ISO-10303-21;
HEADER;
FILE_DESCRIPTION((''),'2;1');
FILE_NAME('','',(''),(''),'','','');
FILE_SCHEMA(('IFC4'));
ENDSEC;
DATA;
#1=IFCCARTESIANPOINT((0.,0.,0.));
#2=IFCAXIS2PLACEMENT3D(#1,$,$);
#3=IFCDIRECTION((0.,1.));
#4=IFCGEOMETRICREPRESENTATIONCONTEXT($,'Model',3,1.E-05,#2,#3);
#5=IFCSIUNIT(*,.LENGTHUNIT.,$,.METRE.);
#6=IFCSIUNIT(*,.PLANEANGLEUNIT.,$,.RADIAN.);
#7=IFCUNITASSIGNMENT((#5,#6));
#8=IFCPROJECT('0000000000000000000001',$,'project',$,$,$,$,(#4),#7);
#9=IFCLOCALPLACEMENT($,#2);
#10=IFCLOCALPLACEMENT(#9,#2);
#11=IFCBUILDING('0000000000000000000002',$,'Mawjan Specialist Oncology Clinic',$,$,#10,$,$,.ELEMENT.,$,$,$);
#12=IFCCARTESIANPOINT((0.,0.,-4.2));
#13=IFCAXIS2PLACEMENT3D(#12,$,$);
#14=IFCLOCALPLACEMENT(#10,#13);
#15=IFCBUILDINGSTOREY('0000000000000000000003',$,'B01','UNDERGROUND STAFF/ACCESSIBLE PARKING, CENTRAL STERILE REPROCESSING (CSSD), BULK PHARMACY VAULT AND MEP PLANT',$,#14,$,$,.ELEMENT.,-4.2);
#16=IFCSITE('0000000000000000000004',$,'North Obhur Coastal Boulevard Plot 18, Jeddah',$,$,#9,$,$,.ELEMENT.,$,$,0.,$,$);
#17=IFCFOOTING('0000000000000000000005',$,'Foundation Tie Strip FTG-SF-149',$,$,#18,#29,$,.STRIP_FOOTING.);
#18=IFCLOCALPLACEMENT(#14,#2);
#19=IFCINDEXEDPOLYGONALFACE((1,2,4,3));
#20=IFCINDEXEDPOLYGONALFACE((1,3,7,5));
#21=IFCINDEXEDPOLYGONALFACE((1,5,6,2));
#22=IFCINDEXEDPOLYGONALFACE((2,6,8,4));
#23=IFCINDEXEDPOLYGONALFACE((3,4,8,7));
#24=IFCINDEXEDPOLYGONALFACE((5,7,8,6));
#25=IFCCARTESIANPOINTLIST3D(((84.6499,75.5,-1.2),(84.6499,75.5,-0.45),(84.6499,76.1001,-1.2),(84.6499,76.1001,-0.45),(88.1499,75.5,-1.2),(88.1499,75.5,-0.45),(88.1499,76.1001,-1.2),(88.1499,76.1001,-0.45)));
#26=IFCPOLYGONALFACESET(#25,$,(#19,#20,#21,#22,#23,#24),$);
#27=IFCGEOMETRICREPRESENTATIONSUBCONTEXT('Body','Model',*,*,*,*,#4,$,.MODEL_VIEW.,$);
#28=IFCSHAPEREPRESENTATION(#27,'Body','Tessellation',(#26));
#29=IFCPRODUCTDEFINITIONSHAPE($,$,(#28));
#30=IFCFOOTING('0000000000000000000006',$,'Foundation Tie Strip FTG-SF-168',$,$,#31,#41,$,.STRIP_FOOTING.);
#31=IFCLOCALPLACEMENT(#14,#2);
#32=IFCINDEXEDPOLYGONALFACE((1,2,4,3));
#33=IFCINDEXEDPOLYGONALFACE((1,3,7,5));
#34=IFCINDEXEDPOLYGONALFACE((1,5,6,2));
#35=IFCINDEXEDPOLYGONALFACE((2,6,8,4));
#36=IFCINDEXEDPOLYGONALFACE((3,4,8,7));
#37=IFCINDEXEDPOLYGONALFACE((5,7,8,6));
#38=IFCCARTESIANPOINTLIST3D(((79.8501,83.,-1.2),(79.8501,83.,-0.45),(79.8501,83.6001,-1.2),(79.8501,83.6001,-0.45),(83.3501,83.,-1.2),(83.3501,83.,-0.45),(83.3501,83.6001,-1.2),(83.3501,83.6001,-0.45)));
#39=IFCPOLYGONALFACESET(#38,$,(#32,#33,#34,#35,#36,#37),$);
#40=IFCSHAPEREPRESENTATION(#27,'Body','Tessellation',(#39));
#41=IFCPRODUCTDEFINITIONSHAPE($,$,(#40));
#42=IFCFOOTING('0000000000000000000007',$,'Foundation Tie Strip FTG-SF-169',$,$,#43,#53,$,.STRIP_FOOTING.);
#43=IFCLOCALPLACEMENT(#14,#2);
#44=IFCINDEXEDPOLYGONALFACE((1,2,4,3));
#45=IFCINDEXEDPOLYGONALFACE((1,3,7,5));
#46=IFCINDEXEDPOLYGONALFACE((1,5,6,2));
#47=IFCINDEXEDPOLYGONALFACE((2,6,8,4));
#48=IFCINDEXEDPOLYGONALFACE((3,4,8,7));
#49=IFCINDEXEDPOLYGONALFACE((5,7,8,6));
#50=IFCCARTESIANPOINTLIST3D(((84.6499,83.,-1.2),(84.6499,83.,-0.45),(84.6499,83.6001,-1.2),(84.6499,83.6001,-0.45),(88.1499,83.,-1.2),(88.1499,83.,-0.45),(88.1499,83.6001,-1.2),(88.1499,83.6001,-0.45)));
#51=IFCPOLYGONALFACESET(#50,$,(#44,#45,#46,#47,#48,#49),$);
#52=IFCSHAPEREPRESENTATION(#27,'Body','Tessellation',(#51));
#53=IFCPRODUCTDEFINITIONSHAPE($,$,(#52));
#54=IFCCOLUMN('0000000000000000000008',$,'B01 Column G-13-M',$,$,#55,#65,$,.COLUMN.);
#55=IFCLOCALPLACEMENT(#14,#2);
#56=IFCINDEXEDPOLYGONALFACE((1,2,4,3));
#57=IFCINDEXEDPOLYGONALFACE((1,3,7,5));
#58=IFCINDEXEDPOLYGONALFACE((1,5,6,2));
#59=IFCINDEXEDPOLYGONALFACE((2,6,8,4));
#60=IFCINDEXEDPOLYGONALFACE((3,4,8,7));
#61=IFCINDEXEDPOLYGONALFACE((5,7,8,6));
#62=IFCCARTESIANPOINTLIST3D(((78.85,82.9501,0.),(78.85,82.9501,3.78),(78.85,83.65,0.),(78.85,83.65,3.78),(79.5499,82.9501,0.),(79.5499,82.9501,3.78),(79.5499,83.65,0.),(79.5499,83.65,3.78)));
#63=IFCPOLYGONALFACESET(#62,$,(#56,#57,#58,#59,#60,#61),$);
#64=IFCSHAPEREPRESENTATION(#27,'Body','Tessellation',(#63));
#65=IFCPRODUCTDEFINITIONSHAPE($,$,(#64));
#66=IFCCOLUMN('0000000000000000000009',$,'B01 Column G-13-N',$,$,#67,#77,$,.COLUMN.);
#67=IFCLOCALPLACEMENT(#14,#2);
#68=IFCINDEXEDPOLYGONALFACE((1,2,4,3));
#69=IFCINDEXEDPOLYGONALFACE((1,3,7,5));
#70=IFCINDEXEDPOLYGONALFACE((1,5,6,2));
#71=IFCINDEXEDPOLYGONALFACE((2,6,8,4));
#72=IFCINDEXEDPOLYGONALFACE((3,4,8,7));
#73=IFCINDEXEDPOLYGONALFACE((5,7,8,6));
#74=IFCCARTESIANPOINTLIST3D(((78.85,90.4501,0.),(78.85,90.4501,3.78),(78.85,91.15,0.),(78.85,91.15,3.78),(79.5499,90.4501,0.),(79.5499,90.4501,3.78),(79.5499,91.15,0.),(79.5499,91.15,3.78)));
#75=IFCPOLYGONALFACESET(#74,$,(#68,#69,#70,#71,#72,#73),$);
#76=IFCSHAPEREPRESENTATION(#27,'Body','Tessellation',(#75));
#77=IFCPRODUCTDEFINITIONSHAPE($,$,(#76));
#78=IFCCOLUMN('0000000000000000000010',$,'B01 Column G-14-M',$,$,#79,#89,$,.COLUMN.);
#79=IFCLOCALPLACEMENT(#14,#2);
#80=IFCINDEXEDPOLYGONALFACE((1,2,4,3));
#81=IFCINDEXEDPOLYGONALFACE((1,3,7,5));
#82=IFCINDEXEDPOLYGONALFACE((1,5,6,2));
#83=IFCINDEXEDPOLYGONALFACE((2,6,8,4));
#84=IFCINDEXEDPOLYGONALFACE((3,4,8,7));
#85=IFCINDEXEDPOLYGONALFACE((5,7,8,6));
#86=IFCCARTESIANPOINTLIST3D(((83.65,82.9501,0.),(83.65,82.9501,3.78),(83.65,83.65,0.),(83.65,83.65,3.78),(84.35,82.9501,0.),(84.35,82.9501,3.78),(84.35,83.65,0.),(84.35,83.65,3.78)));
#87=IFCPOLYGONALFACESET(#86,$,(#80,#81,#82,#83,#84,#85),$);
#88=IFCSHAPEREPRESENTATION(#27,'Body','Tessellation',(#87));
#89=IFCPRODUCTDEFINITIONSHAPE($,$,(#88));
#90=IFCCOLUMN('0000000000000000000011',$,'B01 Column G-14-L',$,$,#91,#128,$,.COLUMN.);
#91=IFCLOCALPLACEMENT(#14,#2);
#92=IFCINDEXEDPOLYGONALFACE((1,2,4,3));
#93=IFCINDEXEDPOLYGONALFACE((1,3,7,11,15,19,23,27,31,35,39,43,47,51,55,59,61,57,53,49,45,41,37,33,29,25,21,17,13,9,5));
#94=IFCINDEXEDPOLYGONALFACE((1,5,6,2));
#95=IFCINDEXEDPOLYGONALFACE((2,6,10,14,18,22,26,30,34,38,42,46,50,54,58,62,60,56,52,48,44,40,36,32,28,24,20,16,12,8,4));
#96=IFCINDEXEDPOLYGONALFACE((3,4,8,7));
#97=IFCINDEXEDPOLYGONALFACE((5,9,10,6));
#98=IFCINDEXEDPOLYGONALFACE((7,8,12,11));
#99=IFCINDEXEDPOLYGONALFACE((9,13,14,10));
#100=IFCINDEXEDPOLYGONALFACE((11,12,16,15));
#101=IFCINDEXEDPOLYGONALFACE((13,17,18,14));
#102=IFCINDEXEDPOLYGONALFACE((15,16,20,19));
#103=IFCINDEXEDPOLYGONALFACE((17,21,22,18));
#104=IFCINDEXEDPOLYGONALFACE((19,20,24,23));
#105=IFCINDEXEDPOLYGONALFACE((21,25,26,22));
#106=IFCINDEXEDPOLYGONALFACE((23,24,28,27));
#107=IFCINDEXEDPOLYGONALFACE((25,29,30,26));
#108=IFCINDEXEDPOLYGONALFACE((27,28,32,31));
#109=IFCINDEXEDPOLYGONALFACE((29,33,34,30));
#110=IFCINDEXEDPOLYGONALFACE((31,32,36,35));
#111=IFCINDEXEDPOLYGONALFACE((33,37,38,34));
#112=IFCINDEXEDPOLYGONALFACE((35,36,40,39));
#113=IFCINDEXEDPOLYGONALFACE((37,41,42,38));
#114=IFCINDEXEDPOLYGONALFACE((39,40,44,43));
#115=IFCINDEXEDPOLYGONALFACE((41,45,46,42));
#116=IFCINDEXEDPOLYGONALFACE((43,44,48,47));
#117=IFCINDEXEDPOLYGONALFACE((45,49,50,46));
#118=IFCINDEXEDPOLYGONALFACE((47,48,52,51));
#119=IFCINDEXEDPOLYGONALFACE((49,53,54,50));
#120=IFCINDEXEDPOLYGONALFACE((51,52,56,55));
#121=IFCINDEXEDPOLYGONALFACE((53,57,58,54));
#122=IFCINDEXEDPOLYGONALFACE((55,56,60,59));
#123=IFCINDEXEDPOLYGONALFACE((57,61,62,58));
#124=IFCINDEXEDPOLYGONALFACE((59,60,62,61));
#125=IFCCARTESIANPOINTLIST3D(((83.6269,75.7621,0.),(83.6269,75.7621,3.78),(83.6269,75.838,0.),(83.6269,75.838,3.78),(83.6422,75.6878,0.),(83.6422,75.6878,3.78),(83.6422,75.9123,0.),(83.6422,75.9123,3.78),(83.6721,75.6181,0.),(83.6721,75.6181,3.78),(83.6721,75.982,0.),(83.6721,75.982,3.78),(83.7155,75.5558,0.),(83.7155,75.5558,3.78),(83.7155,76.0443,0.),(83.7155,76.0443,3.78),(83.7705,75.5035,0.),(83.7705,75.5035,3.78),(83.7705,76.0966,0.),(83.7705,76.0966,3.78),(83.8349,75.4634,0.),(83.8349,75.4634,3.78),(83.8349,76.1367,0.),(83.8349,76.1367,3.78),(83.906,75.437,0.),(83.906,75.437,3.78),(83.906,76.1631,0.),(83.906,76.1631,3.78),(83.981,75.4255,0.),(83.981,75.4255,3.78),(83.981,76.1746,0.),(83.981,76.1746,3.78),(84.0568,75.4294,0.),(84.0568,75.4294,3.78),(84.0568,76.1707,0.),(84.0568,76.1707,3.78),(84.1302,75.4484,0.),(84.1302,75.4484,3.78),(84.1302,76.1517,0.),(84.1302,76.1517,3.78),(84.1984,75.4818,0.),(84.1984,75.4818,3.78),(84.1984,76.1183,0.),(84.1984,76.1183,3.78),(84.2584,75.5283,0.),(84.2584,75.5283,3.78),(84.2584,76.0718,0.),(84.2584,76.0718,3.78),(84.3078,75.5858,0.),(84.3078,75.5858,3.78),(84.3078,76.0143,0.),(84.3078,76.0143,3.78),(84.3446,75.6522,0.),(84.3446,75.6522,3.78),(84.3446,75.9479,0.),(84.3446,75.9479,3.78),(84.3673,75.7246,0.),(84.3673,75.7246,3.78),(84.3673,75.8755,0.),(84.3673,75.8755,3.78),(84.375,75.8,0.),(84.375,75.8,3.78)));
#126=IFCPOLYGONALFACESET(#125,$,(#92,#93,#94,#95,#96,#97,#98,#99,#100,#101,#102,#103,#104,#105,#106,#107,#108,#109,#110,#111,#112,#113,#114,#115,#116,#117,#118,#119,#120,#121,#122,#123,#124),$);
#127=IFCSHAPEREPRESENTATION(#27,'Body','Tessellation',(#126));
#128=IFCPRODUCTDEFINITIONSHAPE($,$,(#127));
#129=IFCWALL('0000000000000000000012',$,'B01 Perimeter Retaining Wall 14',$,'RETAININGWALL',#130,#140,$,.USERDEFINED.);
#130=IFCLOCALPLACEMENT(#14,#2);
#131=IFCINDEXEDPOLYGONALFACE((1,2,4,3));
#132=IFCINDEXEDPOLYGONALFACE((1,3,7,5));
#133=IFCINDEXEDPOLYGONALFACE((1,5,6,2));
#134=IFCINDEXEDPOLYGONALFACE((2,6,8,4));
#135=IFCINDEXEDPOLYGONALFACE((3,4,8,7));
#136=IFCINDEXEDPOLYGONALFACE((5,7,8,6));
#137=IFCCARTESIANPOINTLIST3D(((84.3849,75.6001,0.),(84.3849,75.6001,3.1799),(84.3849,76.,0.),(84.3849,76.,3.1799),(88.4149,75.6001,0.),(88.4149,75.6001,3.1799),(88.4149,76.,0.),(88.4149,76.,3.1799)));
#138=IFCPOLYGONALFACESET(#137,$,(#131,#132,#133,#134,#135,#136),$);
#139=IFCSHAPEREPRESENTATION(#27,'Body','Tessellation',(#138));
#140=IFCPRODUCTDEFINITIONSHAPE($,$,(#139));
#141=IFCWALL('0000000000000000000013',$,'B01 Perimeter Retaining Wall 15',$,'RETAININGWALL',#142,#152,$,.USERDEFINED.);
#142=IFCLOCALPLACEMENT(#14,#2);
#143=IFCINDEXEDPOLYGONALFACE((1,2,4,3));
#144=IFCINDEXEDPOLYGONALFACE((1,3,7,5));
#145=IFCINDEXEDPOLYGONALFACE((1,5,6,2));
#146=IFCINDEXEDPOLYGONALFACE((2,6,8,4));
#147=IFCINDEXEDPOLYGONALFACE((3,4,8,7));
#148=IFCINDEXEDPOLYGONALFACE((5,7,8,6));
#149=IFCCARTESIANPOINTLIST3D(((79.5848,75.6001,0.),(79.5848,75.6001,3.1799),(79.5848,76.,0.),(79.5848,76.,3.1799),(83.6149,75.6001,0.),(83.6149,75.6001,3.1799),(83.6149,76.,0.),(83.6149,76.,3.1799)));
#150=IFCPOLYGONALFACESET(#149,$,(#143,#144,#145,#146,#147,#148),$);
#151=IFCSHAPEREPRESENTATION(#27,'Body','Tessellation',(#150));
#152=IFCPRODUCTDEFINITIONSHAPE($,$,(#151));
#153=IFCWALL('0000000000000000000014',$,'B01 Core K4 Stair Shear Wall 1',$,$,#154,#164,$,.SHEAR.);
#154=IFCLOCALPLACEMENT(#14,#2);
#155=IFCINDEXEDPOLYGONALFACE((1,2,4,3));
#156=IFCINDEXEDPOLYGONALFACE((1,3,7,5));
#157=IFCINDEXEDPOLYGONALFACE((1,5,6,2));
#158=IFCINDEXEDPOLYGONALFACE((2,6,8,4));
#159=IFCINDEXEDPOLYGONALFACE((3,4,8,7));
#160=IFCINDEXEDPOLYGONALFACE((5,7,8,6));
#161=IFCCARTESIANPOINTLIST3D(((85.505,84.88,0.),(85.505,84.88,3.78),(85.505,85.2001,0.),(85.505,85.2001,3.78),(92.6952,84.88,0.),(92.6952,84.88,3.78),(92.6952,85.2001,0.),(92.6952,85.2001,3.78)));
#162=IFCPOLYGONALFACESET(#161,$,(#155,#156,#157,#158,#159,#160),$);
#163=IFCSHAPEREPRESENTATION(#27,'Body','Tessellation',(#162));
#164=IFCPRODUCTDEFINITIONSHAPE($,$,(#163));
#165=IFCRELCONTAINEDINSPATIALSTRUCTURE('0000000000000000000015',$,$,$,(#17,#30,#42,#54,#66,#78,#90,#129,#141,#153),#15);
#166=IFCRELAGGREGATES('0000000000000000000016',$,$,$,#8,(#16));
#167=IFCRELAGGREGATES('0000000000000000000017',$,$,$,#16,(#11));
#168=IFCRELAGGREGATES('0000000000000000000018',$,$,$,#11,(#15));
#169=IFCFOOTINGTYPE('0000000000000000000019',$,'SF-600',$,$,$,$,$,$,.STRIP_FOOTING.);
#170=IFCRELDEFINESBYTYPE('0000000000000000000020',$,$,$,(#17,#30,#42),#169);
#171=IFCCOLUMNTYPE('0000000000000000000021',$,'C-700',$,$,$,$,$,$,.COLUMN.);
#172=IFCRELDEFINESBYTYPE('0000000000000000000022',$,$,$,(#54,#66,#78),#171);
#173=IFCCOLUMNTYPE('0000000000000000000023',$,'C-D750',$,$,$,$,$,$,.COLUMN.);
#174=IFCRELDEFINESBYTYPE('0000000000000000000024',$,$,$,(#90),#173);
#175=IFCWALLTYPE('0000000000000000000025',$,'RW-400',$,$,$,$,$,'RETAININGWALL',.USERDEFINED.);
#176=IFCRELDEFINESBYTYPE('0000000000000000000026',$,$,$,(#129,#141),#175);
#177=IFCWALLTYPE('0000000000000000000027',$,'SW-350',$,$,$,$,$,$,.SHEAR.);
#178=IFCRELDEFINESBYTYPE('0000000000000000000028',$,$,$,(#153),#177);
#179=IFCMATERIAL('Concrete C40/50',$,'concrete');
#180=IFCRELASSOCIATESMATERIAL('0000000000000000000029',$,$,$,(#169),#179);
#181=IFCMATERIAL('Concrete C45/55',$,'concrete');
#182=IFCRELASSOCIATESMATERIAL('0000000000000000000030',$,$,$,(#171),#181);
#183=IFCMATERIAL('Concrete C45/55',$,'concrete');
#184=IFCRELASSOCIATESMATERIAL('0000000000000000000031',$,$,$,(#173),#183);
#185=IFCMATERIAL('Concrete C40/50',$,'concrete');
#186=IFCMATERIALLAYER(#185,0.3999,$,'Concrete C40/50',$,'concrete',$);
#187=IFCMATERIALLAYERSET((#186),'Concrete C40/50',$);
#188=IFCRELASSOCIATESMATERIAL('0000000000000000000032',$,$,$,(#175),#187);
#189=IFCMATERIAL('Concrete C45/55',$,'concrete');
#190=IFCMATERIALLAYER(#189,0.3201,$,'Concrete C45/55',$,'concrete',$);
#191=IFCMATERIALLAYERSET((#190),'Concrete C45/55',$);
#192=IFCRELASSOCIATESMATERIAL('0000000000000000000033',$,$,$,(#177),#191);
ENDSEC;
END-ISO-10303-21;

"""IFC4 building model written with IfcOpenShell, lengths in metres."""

from ifc_helpers import new_model, si_unit, direction, frame, frame_2d, origin, origin_2d, place, context, subcontext, project, spatial, rectangle, circle, extrude, material, layer, layer_set, material_profile, profile_set, type_object, element, save


model = new_model("IFC4")

# Units and contexts
model_context = context("Model", 3, precision=1e-05, world=origin(), true_north=direction((0.0, 1.0)))
body_context = subcontext(model_context, "Body", "Model", "MODEL_VIEW")
ifc_project = project(units=[si_unit("LENGTHUNIT", "METRE"), si_unit("PLANEANGLEUNIT", "RADIAN")], contexts=[model_context])

# Site, building, storey
site_placement = place(None, origin())
site = spatial("IfcSite", under=ifc_project, at=site_placement, Name="North Obhur Coastal Boulevard Plot 18, Jeddah", CompositionType="ELEMENT", RefElevation=0.0)
building_placement = place(site_placement, origin())
building = spatial("IfcBuilding", under=site, at=building_placement, Name="Mawjan Specialist Oncology Clinic", CompositionType="ELEMENT")
storey_placement = place(building_placement, frame((0.0, 0.0, -4.2)))
storey = spatial("IfcBuildingStorey", under=building, at=storey_placement, Name="B01", Description="UNDERGROUND STAFF/ACCESSIBLE PARKING, CENTRAL STERILE REPROCESSING (CSSD), BULK PHARMACY VAULT AND MEP PLANT", CompositionType="ELEMENT", Elevation=-4.2)

# Footings
ifc_material_1 = material(Name="Concrete C40/50", Category="concrete")
footing_type_1 = type_object("IfcFootingType", Name="SF-600", PredefinedType="STRIP_FOOTING", material=ifc_material_1)
for number, where, z_axis, x_axis, name in (
    (1, (86.3999, 75.8, -1.2), (0.0, 0.0, 1.0), (1.0, 0.0, 0.0), "Foundation Tie Strip FTG-SF-149"),
    (2, (81.6001, 83.3, -1.2), (0.0, 0.0, 1.0), (1.0, 0.0, 0.0), "Foundation Tie Strip FTG-SF-168"),
    (3, (86.3999, 83.3, -1.2), (0.0, 0.0, 1.0), (1.0, 0.0, 0.0), "Foundation Tie Strip FTG-SF-169"),
):
    element("IfcFooting", number, at=place(storey_placement, frame(where, z_axis=z_axis, x_axis=x_axis)), inside=storey, type_object=footing_type_1, Name=name, PredefinedType="STRIP_FOOTING", context=body_context, shape_type="SweptSolid", body=[
        extrude(rectangle(XDim=3.5, YDim=0.6001, at=origin_2d()), origin(), (0.0, 0.0, 1.0), 0.75),
    ])

# Columns
ifc_material_2 = material(Name="Concrete C45/55", Category="concrete")
ifc_material_profile_1 = material_profile(ifc_material_2, rectangle(XDim=0.7, YDim=0.7, at=origin_2d()), Name="RC COL 700x700", Category="concrete")
ifc_profile_set_1 = profile_set([ifc_material_profile_1], Name="Concrete C45/55")
column_type_1 = type_object("IfcColumnType", Name="C-700", PredefinedType="COLUMN", material=ifc_profile_set_1)
for number, where, z_axis, x_axis, name in (
    (4, (79.2, 83.3, 0.0), (0.0, 0.0, 1.0), (1.0, 0.0, 0.0), "B01 Column G-13-M"),
    (5, (79.2, 90.8, 0.0), (0.0, 0.0, 1.0), (1.0, 0.0, 0.0), "B01 Column G-13-N"),
    (6, (84.0, 83.3, 0.0), (0.0, 0.0, 1.0), (1.0, 0.0, 0.0), "B01 Column G-14-M"),
):
    element("IfcColumn", number, at=place(storey_placement, frame(where, z_axis=z_axis, x_axis=x_axis)), inside=storey, type_object=column_type_1, Name=name, PredefinedType="COLUMN", context=body_context, shape_type="SweptSolid", body=[
        extrude(rectangle(XDim=0.7, YDim=0.7, at=origin_2d()), origin(), (0.0, 0.0, 1.0), 3.78),
    ])
ifc_material_3 = material(Name="Concrete C45/55", Category="concrete")
ifc_material_profile_2 = material_profile(ifc_material_3, circle(Radius=0.375, at=origin_2d()), Name="RC COL D750", Category="concrete")
ifc_profile_set_2 = profile_set([ifc_material_profile_2], Name="Concrete C45/55")
column_type_2 = type_object("IfcColumnType", Name="C-D750", PredefinedType="COLUMN", material=ifc_profile_set_2)
column_placement = place(storey_placement, frame((84.0, 75.8, 0.0), z_axis=(0.0, 0.0, 1.0), x_axis=(1.0, 0.0, 0.0)))
element("IfcColumn", 7, at=column_placement, inside=storey, type_object=column_type_2, Name="B01 Column G-14-L", PredefinedType="COLUMN", context=body_context, shape_type="SweptSolid", body=[
    extrude(circle(Radius=0.375, at=origin_2d()), origin(), (0.0, 0.0, 1.0), 3.78),
])

# Walls
ifc_material_4 = material(Name="Concrete C40/50", Category="concrete")
ifc_layer_1 = layer(ifc_material_4, 0.3999, Name="Concrete C40/50", Category="concrete")
ifc_layer_set_1 = layer_set([ifc_layer_1], Name="Concrete C40/50")
wall_type_1 = type_object("IfcWallType", Name="RW-400", ElementType="RETAININGWALL", PredefinedType="USERDEFINED", material=ifc_layer_set_1)
for number, where, z_axis, x_axis, name in (
    (8, (88.415, 75.8, 0.0), (0.0, 0.0, 1.0), (-1.0, 0.0, 0.0), "B01 Perimeter Retaining Wall 14"),
    (9, (83.615, 75.8, 0.0), (0.0, 0.0, 1.0), (-1.0, 0.0, 0.0), "B01 Perimeter Retaining Wall 15"),
):
    element("IfcWall", number, at=place(storey_placement, frame(where, z_axis=z_axis, x_axis=x_axis)), inside=storey, type_object=wall_type_1, Name=name, ObjectType="RETAININGWALL", PredefinedType="USERDEFINED", context=body_context, shape_type="SweptSolid", body=[
        extrude(rectangle(XDim=4.03, YDim=0.3999, at=frame_2d((2.0151, 0.0))), origin(), (0.0, 0.0, 1.0), 3.1799),
    ])
ifc_material_5 = material(Name="Concrete C45/55", Category="concrete")
ifc_layer_2 = layer(ifc_material_5, 0.3201, Name="Concrete C45/55", Category="concrete")
ifc_layer_set_2 = layer_set([ifc_layer_2], Name="Concrete C45/55")
wall_type_2 = type_object("IfcWallType", Name="SW-350", PredefinedType="SHEAR", material=ifc_layer_set_2)
wall_1_placement = place(storey_placement, frame((85.5049, 85.04, 0.0), z_axis=(0.0, 0.0, 1.0), x_axis=(1.0, 0.0, 0.0)))
element("IfcWall", 10, at=wall_1_placement, inside=storey, type_object=wall_type_2, Name="B01 Core K4 Stair Shear Wall 1", PredefinedType="SHEAR", context=body_context, shape_type="SweptSolid", body=[
    extrude(rectangle(XDim=7.1902, YDim=0.3201, at=frame_2d((3.5952, 0.0))), origin(), (0.0, 0.0, 1.0), 3.78),
])

save(model, "model.ifc")
